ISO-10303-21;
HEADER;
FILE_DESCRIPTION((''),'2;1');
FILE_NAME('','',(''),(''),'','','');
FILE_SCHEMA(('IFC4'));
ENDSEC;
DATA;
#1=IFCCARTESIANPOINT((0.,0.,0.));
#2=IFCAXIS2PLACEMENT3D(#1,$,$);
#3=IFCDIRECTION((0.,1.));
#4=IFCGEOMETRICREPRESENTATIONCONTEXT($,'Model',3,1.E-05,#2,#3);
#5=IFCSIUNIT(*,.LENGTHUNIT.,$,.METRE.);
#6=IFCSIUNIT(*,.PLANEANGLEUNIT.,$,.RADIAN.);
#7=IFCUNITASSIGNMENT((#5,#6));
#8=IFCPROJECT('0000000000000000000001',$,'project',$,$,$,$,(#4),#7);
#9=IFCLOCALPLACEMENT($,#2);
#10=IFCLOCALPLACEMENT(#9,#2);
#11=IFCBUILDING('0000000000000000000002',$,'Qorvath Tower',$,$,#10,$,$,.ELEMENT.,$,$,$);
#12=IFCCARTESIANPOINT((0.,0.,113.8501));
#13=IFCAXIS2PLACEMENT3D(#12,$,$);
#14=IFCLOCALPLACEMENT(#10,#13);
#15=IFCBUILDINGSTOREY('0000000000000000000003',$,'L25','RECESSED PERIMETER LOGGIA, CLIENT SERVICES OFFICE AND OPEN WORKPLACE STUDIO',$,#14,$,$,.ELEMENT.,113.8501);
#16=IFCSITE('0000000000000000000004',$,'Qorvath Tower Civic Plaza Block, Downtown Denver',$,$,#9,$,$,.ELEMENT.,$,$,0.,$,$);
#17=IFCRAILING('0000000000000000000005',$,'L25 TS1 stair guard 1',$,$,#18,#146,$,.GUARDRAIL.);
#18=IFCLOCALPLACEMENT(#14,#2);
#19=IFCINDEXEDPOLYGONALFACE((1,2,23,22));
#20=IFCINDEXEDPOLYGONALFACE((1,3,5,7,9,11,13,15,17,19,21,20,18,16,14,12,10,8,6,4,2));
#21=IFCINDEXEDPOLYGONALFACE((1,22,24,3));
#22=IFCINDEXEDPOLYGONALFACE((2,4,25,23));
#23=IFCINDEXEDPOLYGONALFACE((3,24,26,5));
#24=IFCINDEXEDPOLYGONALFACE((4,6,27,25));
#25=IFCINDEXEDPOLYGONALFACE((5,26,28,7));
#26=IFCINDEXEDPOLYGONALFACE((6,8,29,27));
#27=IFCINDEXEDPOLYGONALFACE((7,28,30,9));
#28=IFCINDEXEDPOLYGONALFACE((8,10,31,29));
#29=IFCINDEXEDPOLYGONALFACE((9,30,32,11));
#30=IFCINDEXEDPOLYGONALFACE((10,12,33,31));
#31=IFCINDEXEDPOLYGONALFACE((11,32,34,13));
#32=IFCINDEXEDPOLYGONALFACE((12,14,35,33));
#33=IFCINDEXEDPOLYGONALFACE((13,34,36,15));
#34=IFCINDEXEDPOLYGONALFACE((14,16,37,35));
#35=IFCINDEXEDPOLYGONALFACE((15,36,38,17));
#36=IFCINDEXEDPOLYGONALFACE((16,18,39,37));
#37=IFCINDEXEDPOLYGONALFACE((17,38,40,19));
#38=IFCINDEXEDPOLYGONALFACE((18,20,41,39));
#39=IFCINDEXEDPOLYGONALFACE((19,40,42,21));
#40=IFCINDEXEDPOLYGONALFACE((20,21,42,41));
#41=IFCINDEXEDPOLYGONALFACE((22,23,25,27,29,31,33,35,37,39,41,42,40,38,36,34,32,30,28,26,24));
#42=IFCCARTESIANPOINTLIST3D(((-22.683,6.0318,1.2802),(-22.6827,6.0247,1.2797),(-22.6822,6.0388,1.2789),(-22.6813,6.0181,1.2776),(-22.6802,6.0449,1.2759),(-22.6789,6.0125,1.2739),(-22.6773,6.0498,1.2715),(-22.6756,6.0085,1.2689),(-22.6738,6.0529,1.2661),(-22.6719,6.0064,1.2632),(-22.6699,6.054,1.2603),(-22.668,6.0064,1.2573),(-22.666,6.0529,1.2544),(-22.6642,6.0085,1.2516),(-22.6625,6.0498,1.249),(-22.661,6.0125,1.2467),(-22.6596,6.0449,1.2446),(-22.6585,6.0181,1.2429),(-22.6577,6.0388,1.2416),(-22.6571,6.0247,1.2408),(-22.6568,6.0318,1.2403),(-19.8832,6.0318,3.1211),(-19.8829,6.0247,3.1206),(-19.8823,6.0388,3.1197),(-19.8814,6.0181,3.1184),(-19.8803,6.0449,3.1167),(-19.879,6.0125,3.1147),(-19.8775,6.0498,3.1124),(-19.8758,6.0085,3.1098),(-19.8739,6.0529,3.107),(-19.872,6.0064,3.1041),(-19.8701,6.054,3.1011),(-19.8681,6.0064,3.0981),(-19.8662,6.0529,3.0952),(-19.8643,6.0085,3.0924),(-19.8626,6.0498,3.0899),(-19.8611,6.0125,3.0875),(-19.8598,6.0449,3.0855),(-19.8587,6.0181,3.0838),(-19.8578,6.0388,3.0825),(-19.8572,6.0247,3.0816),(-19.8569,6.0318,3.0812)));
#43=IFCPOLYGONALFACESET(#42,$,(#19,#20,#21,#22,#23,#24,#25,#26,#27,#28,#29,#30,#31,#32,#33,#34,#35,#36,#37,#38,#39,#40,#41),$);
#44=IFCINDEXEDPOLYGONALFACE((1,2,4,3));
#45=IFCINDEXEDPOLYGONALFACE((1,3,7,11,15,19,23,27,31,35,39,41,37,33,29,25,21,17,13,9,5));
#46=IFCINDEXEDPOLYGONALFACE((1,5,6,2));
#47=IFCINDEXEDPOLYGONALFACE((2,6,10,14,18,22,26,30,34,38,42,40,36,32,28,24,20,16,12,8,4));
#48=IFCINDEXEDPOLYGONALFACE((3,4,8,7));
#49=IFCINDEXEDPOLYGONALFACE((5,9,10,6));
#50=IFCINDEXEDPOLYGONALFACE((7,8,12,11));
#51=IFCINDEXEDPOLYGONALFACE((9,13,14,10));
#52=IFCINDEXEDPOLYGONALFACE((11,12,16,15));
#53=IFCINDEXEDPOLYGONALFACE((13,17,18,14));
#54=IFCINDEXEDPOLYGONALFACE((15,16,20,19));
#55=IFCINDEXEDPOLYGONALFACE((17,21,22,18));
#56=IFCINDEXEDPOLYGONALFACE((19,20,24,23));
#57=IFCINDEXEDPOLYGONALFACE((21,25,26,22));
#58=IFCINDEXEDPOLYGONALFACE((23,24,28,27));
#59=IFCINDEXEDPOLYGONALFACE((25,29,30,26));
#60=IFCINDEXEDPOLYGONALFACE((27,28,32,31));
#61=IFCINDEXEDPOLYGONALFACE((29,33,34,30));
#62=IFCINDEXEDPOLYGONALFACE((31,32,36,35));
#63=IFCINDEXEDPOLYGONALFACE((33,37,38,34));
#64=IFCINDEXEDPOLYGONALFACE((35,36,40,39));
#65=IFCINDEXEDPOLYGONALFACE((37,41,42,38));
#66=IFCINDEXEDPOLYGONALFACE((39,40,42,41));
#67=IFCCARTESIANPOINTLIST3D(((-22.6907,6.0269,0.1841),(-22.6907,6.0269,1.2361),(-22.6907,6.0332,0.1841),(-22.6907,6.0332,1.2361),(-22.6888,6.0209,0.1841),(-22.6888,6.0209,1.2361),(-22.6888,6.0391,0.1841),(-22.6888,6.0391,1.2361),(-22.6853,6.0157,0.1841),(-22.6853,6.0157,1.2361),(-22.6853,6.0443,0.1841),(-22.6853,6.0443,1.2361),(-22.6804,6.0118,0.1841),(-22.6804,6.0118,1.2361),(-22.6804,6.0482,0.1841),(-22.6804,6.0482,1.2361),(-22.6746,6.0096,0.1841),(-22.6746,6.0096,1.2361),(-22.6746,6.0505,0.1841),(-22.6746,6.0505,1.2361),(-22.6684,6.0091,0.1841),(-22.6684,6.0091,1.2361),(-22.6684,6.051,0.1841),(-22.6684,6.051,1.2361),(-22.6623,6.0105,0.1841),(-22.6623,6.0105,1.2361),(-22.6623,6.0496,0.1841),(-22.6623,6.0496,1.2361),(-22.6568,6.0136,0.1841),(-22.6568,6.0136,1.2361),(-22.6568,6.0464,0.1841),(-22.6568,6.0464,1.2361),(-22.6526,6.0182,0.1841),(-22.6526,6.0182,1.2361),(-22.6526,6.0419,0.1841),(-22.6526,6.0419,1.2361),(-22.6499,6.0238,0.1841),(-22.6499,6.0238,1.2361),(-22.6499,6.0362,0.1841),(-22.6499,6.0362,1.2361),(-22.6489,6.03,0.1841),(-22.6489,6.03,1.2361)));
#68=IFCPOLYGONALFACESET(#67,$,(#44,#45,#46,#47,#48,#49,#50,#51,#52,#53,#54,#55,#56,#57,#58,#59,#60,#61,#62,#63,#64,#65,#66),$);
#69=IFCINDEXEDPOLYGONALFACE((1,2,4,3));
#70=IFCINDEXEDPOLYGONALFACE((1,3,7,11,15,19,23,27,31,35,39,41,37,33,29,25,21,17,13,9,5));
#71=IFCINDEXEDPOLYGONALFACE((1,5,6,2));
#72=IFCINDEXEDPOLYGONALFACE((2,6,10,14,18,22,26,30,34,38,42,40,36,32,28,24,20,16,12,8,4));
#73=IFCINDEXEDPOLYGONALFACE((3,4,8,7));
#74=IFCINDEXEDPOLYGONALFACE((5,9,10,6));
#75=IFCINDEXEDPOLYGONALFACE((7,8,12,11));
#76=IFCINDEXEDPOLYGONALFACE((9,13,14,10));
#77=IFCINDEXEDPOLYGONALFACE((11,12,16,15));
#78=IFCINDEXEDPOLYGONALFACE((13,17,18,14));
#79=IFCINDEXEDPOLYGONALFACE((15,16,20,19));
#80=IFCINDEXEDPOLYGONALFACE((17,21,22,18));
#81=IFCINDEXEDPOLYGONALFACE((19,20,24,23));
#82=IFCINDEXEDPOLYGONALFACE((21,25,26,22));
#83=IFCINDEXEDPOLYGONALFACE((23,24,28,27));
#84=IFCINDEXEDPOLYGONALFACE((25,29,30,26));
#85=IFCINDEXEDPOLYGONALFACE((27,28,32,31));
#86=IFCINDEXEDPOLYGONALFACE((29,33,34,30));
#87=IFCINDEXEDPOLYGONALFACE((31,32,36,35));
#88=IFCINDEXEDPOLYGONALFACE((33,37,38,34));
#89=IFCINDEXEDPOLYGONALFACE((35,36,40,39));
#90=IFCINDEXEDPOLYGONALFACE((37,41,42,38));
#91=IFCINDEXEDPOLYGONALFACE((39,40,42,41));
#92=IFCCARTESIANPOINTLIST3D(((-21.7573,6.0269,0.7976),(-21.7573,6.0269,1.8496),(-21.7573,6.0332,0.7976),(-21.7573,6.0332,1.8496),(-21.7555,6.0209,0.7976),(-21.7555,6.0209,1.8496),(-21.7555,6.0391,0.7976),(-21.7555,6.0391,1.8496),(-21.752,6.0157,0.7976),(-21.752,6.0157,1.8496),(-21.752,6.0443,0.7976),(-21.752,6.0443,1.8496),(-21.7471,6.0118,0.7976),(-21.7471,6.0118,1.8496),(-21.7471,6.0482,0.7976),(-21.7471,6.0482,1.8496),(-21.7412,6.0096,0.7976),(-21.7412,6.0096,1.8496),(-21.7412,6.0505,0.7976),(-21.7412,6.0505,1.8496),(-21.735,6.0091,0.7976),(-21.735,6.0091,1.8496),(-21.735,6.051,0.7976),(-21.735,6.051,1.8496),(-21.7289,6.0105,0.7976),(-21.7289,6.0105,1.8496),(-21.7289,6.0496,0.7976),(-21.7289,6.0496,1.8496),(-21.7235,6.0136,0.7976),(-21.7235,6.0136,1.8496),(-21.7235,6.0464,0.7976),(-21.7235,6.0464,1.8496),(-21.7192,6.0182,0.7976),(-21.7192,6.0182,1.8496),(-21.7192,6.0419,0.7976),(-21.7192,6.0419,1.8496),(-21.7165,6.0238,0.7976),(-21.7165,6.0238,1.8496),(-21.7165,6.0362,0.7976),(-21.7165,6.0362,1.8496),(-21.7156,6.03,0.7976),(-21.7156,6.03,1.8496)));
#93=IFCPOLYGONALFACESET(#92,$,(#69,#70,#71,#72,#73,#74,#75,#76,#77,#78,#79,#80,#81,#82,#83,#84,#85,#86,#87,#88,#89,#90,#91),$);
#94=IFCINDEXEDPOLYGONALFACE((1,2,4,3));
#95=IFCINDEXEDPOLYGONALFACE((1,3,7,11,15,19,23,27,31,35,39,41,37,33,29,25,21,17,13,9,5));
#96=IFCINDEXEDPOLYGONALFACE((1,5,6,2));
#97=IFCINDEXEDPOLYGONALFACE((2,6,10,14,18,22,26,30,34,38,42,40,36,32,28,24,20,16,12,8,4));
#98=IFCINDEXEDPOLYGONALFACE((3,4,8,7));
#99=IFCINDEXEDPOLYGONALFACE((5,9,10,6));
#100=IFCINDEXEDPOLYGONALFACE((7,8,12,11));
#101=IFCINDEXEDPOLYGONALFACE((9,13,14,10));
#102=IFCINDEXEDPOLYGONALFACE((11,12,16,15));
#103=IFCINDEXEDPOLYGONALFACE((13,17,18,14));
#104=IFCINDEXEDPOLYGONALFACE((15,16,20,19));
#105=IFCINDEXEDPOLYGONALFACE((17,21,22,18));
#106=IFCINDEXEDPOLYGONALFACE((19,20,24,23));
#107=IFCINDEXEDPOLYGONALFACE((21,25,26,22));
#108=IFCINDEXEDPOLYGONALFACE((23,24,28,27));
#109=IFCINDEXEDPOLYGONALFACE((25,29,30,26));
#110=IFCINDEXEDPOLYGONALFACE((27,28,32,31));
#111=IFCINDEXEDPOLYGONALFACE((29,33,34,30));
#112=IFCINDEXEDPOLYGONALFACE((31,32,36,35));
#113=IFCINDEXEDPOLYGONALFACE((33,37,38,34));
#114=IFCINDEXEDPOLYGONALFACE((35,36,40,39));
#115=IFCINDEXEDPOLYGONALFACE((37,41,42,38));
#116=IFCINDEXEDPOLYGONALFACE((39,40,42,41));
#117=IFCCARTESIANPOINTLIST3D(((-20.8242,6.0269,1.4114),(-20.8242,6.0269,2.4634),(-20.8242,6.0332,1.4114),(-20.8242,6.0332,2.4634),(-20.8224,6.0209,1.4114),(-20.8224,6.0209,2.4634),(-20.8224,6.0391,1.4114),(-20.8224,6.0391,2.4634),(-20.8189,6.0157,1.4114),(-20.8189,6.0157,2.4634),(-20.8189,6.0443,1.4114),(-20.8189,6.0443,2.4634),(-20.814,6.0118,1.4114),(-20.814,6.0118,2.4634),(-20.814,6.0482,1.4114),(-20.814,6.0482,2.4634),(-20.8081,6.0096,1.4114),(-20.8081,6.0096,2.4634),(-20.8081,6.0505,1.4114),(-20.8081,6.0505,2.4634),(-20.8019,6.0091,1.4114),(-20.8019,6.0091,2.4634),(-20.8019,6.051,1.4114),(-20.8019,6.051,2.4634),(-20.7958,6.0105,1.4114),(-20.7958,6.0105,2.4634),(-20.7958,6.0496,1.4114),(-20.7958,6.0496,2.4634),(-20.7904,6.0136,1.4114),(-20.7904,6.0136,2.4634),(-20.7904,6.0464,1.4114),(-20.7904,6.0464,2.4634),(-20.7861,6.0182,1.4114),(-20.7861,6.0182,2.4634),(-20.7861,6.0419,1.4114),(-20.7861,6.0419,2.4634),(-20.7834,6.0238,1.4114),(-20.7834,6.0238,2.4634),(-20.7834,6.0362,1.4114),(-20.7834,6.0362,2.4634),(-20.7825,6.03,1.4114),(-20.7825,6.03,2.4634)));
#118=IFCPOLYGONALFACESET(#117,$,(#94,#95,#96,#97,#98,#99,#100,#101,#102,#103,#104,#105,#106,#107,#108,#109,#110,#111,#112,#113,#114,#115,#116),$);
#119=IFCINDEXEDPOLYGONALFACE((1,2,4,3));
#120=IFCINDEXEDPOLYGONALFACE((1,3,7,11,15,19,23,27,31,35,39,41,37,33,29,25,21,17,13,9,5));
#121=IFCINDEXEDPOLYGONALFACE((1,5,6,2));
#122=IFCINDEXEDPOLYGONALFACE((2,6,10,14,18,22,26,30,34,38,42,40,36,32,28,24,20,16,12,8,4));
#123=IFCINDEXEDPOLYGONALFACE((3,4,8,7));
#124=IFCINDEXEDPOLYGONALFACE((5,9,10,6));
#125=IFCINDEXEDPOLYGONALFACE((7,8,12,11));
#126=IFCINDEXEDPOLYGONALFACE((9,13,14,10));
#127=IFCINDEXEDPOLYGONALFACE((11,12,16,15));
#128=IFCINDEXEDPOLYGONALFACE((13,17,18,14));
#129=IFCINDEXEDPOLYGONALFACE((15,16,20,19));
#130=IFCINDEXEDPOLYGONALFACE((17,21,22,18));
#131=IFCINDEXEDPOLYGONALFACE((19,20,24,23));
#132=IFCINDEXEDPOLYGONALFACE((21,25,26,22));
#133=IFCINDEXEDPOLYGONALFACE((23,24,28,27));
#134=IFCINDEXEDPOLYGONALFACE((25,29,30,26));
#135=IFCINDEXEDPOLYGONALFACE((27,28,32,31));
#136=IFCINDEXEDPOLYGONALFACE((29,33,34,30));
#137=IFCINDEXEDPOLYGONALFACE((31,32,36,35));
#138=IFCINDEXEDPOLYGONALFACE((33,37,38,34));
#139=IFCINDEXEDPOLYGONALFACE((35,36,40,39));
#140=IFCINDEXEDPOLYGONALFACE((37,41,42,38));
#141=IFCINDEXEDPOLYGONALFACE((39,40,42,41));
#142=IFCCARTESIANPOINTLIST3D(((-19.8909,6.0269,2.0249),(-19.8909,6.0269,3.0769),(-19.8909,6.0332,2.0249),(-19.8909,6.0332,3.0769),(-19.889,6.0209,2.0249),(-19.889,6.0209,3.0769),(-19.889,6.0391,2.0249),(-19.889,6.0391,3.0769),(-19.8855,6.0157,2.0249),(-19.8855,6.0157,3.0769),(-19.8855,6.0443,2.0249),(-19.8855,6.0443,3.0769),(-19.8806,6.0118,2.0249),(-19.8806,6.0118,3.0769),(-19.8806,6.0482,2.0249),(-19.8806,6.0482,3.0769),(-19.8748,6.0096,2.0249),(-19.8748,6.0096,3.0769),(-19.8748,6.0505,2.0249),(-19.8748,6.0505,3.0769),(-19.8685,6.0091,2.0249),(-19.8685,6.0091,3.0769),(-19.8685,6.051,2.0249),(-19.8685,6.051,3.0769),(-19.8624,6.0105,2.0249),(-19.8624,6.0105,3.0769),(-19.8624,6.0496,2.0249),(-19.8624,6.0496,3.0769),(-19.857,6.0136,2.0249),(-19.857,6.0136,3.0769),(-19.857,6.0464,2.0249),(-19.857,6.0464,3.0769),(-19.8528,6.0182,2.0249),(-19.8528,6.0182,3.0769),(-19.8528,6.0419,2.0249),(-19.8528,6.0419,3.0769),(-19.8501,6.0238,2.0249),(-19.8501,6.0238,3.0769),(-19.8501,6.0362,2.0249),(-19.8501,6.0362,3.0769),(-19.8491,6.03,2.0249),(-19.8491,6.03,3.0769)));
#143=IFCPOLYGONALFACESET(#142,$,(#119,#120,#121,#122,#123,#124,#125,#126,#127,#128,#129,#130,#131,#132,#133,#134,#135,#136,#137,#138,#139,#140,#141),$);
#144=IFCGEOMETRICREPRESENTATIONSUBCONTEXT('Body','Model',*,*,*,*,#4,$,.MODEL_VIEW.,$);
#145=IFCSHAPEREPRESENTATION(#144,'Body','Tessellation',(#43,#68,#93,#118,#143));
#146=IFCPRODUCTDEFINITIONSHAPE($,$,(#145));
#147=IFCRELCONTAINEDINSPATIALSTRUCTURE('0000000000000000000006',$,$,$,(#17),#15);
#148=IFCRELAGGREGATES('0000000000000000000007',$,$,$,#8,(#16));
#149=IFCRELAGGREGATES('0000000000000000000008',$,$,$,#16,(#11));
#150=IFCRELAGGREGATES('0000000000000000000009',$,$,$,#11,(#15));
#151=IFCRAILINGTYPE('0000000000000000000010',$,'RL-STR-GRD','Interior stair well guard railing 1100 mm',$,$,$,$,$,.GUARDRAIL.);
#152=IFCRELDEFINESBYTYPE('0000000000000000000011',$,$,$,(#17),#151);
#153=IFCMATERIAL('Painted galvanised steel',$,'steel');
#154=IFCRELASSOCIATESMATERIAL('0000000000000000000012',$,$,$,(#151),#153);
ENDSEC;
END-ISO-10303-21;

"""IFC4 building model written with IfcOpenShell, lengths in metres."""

from ifc_helpers import new_model, si_unit, direction, frame, origin, origin_2d, place, context, subcontext, project, spatial, circle, extrude, material, type_object, element, save


model = new_model("IFC4")

# Units and contexts
model_context = context("Model", 3, precision=1e-05, world=origin(), true_north=direction((0.0, 1.0)))
body_context = subcontext(model_context, "Body", "Model", "MODEL_VIEW")
ifc_project = project(units=[si_unit("LENGTHUNIT", "METRE"), si_unit("PLANEANGLEUNIT", "RADIAN")], contexts=[model_context])

# Site, building, storey
site_placement = place(None, origin())
site = spatial("IfcSite", under=ifc_project, at=site_placement, Name="Qorvath Tower Civic Plaza Block, Downtown Denver", CompositionType="ELEMENT", RefElevation=0.0)
building_placement = place(site_placement, origin())
building = spatial("IfcBuilding", under=site, at=building_placement, Name="Qorvath Tower", CompositionType="ELEMENT")
storey_placement = place(building_placement, frame((0.0, 0.0, 113.8501)))
storey = spatial("IfcBuildingStorey", under=building, at=storey_placement, Name="L25", Description="RECESSED PERIMETER LOGGIA, CLIENT SERVICES OFFICE AND OPEN WORKPLACE STUDIO", CompositionType="ELEMENT", Elevation=113.8501)

# Railing
ifc_material_1 = material(Name="Painted galvanised steel", Category="steel")
railing_type_1 = type_object("IfcRailingType", Name="RL-STR-GRD", Description="Interior stair well guard railing 1100 mm", PredefinedType="GUARDRAIL", material=ifc_material_1)
railing_1_placement = place(storey_placement, frame((-22.6699, 6.03, 0.1841)))
element("IfcRailing", 1, at=railing_1_placement, inside=storey, type_object=railing_type_1, Name="L25 TS1 stair guard 1", PredefinedType="GUARDRAIL", context=body_context, shape_type="SweptSolid", body=[
    extrude(circle(Radius=0.0239, at=origin_2d()), frame((0.0, 0.0, 1.0762), z_axis=(0.835576, 0.0, 0.549376), x_axis=(0.0, 1.0, 0.0)), (0.0, 0.0, 1.0), 3.3508),
    extrude(circle(Radius=0.021, at=origin_2d()), origin(), (0.0, 0.0, 1.0), 1.052),
    extrude(circle(Radius=0.021, at=origin_2d()), frame((0.9333, 0.0, 0.6135)), (0.0, 0.0, 1.0), 1.052),
    extrude(circle(Radius=0.021, at=origin_2d()), frame((1.8665, 0.0, 1.2273)), (0.0, 0.0, 1.0), 1.052),
    extrude(circle(Radius=0.021, at=origin_2d()), frame((2.7998, 0.0, 1.8408)), (0.0, 0.0, 1.0), 1.052),
])

save(model, "model.ifc")
